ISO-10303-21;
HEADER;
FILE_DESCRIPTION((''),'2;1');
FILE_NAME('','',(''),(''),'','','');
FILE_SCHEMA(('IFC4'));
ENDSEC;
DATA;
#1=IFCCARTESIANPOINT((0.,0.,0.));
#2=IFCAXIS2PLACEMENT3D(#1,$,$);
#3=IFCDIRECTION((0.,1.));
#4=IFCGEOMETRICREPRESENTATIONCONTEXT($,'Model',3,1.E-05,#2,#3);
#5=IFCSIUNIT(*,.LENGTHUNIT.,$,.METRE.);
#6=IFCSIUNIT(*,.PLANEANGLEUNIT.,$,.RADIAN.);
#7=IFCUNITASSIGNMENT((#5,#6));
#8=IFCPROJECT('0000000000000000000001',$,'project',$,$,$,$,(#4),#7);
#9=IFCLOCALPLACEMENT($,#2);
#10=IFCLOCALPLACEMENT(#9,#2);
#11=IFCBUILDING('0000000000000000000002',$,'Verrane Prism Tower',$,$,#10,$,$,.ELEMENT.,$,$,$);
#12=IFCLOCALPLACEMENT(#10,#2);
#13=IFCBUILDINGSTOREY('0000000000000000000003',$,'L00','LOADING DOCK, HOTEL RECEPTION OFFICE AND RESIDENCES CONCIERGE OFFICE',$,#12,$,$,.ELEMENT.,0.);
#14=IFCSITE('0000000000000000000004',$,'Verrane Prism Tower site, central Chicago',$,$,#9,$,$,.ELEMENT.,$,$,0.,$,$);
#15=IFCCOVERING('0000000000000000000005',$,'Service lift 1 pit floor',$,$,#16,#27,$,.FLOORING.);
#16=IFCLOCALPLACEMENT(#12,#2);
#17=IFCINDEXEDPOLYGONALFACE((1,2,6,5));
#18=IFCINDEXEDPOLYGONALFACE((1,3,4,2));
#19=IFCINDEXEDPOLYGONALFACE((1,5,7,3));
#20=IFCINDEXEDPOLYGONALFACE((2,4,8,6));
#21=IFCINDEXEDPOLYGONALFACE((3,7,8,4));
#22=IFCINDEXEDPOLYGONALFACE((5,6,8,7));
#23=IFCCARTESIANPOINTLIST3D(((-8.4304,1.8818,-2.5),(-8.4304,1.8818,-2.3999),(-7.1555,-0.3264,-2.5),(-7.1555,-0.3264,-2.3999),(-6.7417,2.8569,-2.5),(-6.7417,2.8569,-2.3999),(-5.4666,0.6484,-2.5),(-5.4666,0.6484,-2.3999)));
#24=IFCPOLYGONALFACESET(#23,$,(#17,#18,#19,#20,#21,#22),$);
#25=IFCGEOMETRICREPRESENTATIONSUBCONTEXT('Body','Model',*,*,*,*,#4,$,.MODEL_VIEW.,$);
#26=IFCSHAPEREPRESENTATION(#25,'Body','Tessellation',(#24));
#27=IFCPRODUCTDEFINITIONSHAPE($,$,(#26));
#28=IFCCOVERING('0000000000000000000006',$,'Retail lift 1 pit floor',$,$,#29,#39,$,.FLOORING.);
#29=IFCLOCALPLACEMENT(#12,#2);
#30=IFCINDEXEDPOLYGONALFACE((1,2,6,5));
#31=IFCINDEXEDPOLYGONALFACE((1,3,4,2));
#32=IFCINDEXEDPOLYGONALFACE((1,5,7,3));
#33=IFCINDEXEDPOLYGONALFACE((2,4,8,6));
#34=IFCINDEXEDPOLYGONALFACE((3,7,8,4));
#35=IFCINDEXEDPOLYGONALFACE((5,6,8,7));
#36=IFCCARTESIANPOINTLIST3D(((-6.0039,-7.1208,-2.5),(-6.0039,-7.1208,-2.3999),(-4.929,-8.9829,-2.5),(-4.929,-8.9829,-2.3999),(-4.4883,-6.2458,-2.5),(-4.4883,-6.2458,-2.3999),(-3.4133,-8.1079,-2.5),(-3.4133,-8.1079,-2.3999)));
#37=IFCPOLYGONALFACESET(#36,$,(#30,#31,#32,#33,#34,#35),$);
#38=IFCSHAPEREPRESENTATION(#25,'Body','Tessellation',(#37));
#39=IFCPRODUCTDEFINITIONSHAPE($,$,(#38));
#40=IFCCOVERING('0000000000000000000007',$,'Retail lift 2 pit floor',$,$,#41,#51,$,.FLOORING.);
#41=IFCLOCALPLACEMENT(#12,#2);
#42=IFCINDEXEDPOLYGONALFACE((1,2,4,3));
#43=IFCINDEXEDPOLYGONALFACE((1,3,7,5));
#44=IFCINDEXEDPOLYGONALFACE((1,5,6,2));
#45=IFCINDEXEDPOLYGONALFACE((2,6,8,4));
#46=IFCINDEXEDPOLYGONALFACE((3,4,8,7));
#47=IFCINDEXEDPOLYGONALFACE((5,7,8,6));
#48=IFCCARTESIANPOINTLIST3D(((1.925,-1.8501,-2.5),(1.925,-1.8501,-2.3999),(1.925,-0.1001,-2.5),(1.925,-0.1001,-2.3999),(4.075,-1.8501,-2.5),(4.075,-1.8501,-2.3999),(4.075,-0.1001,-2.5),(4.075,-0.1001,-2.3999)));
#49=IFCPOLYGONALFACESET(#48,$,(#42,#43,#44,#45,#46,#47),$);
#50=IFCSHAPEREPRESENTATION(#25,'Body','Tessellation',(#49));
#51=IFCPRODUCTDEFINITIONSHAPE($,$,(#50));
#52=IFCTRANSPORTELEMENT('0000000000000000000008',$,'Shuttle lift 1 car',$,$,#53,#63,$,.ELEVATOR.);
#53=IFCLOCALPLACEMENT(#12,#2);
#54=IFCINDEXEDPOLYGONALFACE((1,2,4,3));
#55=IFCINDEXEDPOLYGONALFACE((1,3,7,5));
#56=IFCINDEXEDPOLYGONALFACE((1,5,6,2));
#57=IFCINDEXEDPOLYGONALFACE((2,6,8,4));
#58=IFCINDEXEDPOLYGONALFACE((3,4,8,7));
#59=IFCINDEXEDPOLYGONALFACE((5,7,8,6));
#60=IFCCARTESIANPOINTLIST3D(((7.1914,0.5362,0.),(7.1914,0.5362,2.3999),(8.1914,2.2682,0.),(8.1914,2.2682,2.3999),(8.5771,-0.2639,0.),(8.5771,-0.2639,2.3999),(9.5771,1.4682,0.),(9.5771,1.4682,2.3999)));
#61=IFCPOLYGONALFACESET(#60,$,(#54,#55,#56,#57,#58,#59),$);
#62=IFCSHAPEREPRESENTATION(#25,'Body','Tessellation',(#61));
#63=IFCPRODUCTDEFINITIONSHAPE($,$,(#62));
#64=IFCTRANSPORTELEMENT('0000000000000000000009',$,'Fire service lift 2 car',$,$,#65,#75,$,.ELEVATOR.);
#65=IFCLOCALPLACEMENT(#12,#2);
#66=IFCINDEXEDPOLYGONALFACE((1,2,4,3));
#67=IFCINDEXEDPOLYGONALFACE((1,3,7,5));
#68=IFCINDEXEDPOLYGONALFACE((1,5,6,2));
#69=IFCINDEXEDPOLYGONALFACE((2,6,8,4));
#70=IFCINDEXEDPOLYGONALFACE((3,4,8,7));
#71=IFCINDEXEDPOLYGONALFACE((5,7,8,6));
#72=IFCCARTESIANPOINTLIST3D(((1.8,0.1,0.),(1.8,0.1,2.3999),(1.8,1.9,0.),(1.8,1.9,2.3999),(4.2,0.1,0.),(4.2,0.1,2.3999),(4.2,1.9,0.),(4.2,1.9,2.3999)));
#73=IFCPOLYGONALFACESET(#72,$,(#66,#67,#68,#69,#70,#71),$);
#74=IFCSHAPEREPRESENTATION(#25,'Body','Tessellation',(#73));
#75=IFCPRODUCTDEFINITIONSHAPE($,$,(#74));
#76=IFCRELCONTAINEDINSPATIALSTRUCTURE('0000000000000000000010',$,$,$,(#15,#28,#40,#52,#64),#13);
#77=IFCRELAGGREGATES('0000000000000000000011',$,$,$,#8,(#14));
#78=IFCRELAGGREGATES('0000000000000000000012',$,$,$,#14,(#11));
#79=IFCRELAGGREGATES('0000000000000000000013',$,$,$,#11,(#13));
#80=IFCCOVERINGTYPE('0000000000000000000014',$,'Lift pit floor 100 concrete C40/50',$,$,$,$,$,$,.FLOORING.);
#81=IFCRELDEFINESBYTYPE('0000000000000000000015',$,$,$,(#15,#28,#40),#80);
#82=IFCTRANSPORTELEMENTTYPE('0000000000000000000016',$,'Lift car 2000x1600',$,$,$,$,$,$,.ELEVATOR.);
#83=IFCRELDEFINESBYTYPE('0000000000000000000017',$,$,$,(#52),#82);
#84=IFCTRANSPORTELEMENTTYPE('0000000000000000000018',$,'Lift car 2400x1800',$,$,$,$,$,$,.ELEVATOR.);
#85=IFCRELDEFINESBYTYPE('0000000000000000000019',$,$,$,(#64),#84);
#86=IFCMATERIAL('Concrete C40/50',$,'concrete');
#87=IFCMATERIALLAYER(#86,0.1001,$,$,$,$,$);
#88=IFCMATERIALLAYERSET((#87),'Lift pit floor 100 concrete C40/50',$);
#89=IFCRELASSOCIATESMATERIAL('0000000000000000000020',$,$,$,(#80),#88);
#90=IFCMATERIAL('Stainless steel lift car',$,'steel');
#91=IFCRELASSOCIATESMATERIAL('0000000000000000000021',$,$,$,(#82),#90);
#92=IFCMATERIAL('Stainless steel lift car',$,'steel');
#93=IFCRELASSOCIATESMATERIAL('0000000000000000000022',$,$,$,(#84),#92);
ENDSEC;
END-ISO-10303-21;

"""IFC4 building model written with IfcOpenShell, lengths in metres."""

from ifc_helpers import new_model, si_unit, direction, frame, origin, origin_2d, place, context, subcontext, project, spatial, polyline, rectangle, outline, extrude, material, layer, layer_set, type_object, element, save


model = new_model("IFC4")

# Units and contexts
model_context = context("Model", 3, precision=1e-05, world=origin(), true_north=direction((0.0, 1.0)))
body_context = subcontext(model_context, "Body", "Model", "MODEL_VIEW")
ifc_project = project(units=[si_unit("LENGTHUNIT", "METRE"), si_unit("PLANEANGLEUNIT", "RADIAN")], contexts=[model_context])

# Site, building, storey
site_placement = place(None, origin())
site = spatial("IfcSite", under=ifc_project, at=site_placement, Name="Verrane Prism Tower site, central Chicago", CompositionType="ELEMENT", RefElevation=0.0)
building_placement = place(site_placement, origin())
building = spatial("IfcBuilding", under=site, at=building_placement, Name="Verrane Prism Tower", CompositionType="ELEMENT")
storey_placement = place(building_placement, origin())
storey = spatial("IfcBuildingStorey", under=building, at=storey_placement, Name="L00", Description="LOADING DOCK, HOTEL RECEPTION OFFICE AND RESIDENCES CONCIERGE OFFICE", CompositionType="ELEMENT", Elevation=0.0)

# Coverings
ifc_material_1 = material(Name="Concrete C40/50", Category="concrete")
ifc_layer_1 = layer(ifc_material_1, 0.1001)
ifc_layer_set_1 = layer_set([ifc_layer_1], Name="Lift pit floor 100 concrete C40/50")
covering_type = type_object("IfcCoveringType", Name="Lift pit floor 100 concrete C40/50", PredefinedType="FLOORING", material=ifc_layer_set_1)
covering_1_placement = place(storey_placement, frame((0.0, 0.0, -2.5)))
element("IfcCovering", 1, at=covering_1_placement, inside=storey, type_object=covering_type, Name="Service lift 1 pit floor", PredefinedType="FLOORING", context=body_context, shape_type="SweptSolid", body=[
    extrude(outline(polyline([(-5.4666, 0.6484), (-7.1555, -0.3264), (-8.4304, 1.8818), (-6.7417, 2.8569), (-5.4666, 0.6484)])), origin(), (0.0, 0.0, 1.0), 0.1001),
])
covering_2_placement = place(storey_placement, frame((0.0, 0.0, -2.5)))
element("IfcCovering", 2, at=covering_2_placement, inside=storey, type_object=covering_type, Name="Retail lift 1 pit floor", PredefinedType="FLOORING", context=body_context, shape_type="SweptSolid", body=[
    extrude(outline(polyline([(-3.4133, -8.1079), (-4.929, -8.9829), (-6.0039, -7.1208), (-4.4883, -6.2458), (-3.4133, -8.1079)])), origin(), (0.0, 0.0, 1.0), 0.1001),
])
covering_3_placement = place(storey_placement, frame((0.0, 0.0, -2.5)))
element("IfcCovering", 3, at=covering_3_placement, inside=storey, type_object=covering_type, Name="Retail lift 2 pit floor", PredefinedType="FLOORING", context=body_context, shape_type="SweptSolid", body=[
    extrude(outline(polyline([(1.925, -1.8501), (1.925, -0.1001), (4.075, -0.1001), (4.075, -1.8501), (1.925, -1.8501)])), origin(), (0.0, 0.0, 1.0), 0.1001),
])

# Transport elements
ifc_material_2 = material(Name="Stainless steel lift car", Category="steel")
transport_element_type_1 = type_object("IfcTransportElementType", Name="Lift car 2000x1600", PredefinedType="ELEVATOR", material=ifc_material_2)
transport_element_1_placement = place(storey_placement, frame((8.3843, 1.0022, 0.0), z_axis=(0.0, 0.0, 1.0), x_axis=(0.5, 0.866025, 0.0)))
element("IfcTransportElement", 4, at=transport_element_1_placement, inside=storey, type_object=transport_element_type_1, Name="Shuttle lift 1 car", PredefinedType="ELEVATOR", context=body_context, shape_type="SweptSolid", body=[
    extrude(rectangle(XDim=2.0, YDim=1.6001, at=origin_2d()), origin(), (0.0, 0.0, 1.0), 2.3999),
])
ifc_material_3 = material(Name="Stainless steel lift car", Category="steel")
transport_element_type_2 = type_object("IfcTransportElementType", Name="Lift car 2400x1800", PredefinedType="ELEVATOR", material=ifc_material_3)
transport_element_2_placement = place(storey_placement, frame((3.0, 1.0, 0.0), z_axis=(0.0, 0.0, 1.0), x_axis=(1.0, 0.0, 0.0)))
element("IfcTransportElement", 5, at=transport_element_2_placement, inside=storey, type_object=transport_element_type_2, Name="Fire service lift 2 car", PredefinedType="ELEVATOR", context=body_context, shape_type="SweptSolid", body=[
    extrude(rectangle(XDim=2.3999, YDim=1.8, at=origin_2d()), origin(), (0.0, 0.0, 1.0), 2.3999),
])

save(model, "model.ifc")
